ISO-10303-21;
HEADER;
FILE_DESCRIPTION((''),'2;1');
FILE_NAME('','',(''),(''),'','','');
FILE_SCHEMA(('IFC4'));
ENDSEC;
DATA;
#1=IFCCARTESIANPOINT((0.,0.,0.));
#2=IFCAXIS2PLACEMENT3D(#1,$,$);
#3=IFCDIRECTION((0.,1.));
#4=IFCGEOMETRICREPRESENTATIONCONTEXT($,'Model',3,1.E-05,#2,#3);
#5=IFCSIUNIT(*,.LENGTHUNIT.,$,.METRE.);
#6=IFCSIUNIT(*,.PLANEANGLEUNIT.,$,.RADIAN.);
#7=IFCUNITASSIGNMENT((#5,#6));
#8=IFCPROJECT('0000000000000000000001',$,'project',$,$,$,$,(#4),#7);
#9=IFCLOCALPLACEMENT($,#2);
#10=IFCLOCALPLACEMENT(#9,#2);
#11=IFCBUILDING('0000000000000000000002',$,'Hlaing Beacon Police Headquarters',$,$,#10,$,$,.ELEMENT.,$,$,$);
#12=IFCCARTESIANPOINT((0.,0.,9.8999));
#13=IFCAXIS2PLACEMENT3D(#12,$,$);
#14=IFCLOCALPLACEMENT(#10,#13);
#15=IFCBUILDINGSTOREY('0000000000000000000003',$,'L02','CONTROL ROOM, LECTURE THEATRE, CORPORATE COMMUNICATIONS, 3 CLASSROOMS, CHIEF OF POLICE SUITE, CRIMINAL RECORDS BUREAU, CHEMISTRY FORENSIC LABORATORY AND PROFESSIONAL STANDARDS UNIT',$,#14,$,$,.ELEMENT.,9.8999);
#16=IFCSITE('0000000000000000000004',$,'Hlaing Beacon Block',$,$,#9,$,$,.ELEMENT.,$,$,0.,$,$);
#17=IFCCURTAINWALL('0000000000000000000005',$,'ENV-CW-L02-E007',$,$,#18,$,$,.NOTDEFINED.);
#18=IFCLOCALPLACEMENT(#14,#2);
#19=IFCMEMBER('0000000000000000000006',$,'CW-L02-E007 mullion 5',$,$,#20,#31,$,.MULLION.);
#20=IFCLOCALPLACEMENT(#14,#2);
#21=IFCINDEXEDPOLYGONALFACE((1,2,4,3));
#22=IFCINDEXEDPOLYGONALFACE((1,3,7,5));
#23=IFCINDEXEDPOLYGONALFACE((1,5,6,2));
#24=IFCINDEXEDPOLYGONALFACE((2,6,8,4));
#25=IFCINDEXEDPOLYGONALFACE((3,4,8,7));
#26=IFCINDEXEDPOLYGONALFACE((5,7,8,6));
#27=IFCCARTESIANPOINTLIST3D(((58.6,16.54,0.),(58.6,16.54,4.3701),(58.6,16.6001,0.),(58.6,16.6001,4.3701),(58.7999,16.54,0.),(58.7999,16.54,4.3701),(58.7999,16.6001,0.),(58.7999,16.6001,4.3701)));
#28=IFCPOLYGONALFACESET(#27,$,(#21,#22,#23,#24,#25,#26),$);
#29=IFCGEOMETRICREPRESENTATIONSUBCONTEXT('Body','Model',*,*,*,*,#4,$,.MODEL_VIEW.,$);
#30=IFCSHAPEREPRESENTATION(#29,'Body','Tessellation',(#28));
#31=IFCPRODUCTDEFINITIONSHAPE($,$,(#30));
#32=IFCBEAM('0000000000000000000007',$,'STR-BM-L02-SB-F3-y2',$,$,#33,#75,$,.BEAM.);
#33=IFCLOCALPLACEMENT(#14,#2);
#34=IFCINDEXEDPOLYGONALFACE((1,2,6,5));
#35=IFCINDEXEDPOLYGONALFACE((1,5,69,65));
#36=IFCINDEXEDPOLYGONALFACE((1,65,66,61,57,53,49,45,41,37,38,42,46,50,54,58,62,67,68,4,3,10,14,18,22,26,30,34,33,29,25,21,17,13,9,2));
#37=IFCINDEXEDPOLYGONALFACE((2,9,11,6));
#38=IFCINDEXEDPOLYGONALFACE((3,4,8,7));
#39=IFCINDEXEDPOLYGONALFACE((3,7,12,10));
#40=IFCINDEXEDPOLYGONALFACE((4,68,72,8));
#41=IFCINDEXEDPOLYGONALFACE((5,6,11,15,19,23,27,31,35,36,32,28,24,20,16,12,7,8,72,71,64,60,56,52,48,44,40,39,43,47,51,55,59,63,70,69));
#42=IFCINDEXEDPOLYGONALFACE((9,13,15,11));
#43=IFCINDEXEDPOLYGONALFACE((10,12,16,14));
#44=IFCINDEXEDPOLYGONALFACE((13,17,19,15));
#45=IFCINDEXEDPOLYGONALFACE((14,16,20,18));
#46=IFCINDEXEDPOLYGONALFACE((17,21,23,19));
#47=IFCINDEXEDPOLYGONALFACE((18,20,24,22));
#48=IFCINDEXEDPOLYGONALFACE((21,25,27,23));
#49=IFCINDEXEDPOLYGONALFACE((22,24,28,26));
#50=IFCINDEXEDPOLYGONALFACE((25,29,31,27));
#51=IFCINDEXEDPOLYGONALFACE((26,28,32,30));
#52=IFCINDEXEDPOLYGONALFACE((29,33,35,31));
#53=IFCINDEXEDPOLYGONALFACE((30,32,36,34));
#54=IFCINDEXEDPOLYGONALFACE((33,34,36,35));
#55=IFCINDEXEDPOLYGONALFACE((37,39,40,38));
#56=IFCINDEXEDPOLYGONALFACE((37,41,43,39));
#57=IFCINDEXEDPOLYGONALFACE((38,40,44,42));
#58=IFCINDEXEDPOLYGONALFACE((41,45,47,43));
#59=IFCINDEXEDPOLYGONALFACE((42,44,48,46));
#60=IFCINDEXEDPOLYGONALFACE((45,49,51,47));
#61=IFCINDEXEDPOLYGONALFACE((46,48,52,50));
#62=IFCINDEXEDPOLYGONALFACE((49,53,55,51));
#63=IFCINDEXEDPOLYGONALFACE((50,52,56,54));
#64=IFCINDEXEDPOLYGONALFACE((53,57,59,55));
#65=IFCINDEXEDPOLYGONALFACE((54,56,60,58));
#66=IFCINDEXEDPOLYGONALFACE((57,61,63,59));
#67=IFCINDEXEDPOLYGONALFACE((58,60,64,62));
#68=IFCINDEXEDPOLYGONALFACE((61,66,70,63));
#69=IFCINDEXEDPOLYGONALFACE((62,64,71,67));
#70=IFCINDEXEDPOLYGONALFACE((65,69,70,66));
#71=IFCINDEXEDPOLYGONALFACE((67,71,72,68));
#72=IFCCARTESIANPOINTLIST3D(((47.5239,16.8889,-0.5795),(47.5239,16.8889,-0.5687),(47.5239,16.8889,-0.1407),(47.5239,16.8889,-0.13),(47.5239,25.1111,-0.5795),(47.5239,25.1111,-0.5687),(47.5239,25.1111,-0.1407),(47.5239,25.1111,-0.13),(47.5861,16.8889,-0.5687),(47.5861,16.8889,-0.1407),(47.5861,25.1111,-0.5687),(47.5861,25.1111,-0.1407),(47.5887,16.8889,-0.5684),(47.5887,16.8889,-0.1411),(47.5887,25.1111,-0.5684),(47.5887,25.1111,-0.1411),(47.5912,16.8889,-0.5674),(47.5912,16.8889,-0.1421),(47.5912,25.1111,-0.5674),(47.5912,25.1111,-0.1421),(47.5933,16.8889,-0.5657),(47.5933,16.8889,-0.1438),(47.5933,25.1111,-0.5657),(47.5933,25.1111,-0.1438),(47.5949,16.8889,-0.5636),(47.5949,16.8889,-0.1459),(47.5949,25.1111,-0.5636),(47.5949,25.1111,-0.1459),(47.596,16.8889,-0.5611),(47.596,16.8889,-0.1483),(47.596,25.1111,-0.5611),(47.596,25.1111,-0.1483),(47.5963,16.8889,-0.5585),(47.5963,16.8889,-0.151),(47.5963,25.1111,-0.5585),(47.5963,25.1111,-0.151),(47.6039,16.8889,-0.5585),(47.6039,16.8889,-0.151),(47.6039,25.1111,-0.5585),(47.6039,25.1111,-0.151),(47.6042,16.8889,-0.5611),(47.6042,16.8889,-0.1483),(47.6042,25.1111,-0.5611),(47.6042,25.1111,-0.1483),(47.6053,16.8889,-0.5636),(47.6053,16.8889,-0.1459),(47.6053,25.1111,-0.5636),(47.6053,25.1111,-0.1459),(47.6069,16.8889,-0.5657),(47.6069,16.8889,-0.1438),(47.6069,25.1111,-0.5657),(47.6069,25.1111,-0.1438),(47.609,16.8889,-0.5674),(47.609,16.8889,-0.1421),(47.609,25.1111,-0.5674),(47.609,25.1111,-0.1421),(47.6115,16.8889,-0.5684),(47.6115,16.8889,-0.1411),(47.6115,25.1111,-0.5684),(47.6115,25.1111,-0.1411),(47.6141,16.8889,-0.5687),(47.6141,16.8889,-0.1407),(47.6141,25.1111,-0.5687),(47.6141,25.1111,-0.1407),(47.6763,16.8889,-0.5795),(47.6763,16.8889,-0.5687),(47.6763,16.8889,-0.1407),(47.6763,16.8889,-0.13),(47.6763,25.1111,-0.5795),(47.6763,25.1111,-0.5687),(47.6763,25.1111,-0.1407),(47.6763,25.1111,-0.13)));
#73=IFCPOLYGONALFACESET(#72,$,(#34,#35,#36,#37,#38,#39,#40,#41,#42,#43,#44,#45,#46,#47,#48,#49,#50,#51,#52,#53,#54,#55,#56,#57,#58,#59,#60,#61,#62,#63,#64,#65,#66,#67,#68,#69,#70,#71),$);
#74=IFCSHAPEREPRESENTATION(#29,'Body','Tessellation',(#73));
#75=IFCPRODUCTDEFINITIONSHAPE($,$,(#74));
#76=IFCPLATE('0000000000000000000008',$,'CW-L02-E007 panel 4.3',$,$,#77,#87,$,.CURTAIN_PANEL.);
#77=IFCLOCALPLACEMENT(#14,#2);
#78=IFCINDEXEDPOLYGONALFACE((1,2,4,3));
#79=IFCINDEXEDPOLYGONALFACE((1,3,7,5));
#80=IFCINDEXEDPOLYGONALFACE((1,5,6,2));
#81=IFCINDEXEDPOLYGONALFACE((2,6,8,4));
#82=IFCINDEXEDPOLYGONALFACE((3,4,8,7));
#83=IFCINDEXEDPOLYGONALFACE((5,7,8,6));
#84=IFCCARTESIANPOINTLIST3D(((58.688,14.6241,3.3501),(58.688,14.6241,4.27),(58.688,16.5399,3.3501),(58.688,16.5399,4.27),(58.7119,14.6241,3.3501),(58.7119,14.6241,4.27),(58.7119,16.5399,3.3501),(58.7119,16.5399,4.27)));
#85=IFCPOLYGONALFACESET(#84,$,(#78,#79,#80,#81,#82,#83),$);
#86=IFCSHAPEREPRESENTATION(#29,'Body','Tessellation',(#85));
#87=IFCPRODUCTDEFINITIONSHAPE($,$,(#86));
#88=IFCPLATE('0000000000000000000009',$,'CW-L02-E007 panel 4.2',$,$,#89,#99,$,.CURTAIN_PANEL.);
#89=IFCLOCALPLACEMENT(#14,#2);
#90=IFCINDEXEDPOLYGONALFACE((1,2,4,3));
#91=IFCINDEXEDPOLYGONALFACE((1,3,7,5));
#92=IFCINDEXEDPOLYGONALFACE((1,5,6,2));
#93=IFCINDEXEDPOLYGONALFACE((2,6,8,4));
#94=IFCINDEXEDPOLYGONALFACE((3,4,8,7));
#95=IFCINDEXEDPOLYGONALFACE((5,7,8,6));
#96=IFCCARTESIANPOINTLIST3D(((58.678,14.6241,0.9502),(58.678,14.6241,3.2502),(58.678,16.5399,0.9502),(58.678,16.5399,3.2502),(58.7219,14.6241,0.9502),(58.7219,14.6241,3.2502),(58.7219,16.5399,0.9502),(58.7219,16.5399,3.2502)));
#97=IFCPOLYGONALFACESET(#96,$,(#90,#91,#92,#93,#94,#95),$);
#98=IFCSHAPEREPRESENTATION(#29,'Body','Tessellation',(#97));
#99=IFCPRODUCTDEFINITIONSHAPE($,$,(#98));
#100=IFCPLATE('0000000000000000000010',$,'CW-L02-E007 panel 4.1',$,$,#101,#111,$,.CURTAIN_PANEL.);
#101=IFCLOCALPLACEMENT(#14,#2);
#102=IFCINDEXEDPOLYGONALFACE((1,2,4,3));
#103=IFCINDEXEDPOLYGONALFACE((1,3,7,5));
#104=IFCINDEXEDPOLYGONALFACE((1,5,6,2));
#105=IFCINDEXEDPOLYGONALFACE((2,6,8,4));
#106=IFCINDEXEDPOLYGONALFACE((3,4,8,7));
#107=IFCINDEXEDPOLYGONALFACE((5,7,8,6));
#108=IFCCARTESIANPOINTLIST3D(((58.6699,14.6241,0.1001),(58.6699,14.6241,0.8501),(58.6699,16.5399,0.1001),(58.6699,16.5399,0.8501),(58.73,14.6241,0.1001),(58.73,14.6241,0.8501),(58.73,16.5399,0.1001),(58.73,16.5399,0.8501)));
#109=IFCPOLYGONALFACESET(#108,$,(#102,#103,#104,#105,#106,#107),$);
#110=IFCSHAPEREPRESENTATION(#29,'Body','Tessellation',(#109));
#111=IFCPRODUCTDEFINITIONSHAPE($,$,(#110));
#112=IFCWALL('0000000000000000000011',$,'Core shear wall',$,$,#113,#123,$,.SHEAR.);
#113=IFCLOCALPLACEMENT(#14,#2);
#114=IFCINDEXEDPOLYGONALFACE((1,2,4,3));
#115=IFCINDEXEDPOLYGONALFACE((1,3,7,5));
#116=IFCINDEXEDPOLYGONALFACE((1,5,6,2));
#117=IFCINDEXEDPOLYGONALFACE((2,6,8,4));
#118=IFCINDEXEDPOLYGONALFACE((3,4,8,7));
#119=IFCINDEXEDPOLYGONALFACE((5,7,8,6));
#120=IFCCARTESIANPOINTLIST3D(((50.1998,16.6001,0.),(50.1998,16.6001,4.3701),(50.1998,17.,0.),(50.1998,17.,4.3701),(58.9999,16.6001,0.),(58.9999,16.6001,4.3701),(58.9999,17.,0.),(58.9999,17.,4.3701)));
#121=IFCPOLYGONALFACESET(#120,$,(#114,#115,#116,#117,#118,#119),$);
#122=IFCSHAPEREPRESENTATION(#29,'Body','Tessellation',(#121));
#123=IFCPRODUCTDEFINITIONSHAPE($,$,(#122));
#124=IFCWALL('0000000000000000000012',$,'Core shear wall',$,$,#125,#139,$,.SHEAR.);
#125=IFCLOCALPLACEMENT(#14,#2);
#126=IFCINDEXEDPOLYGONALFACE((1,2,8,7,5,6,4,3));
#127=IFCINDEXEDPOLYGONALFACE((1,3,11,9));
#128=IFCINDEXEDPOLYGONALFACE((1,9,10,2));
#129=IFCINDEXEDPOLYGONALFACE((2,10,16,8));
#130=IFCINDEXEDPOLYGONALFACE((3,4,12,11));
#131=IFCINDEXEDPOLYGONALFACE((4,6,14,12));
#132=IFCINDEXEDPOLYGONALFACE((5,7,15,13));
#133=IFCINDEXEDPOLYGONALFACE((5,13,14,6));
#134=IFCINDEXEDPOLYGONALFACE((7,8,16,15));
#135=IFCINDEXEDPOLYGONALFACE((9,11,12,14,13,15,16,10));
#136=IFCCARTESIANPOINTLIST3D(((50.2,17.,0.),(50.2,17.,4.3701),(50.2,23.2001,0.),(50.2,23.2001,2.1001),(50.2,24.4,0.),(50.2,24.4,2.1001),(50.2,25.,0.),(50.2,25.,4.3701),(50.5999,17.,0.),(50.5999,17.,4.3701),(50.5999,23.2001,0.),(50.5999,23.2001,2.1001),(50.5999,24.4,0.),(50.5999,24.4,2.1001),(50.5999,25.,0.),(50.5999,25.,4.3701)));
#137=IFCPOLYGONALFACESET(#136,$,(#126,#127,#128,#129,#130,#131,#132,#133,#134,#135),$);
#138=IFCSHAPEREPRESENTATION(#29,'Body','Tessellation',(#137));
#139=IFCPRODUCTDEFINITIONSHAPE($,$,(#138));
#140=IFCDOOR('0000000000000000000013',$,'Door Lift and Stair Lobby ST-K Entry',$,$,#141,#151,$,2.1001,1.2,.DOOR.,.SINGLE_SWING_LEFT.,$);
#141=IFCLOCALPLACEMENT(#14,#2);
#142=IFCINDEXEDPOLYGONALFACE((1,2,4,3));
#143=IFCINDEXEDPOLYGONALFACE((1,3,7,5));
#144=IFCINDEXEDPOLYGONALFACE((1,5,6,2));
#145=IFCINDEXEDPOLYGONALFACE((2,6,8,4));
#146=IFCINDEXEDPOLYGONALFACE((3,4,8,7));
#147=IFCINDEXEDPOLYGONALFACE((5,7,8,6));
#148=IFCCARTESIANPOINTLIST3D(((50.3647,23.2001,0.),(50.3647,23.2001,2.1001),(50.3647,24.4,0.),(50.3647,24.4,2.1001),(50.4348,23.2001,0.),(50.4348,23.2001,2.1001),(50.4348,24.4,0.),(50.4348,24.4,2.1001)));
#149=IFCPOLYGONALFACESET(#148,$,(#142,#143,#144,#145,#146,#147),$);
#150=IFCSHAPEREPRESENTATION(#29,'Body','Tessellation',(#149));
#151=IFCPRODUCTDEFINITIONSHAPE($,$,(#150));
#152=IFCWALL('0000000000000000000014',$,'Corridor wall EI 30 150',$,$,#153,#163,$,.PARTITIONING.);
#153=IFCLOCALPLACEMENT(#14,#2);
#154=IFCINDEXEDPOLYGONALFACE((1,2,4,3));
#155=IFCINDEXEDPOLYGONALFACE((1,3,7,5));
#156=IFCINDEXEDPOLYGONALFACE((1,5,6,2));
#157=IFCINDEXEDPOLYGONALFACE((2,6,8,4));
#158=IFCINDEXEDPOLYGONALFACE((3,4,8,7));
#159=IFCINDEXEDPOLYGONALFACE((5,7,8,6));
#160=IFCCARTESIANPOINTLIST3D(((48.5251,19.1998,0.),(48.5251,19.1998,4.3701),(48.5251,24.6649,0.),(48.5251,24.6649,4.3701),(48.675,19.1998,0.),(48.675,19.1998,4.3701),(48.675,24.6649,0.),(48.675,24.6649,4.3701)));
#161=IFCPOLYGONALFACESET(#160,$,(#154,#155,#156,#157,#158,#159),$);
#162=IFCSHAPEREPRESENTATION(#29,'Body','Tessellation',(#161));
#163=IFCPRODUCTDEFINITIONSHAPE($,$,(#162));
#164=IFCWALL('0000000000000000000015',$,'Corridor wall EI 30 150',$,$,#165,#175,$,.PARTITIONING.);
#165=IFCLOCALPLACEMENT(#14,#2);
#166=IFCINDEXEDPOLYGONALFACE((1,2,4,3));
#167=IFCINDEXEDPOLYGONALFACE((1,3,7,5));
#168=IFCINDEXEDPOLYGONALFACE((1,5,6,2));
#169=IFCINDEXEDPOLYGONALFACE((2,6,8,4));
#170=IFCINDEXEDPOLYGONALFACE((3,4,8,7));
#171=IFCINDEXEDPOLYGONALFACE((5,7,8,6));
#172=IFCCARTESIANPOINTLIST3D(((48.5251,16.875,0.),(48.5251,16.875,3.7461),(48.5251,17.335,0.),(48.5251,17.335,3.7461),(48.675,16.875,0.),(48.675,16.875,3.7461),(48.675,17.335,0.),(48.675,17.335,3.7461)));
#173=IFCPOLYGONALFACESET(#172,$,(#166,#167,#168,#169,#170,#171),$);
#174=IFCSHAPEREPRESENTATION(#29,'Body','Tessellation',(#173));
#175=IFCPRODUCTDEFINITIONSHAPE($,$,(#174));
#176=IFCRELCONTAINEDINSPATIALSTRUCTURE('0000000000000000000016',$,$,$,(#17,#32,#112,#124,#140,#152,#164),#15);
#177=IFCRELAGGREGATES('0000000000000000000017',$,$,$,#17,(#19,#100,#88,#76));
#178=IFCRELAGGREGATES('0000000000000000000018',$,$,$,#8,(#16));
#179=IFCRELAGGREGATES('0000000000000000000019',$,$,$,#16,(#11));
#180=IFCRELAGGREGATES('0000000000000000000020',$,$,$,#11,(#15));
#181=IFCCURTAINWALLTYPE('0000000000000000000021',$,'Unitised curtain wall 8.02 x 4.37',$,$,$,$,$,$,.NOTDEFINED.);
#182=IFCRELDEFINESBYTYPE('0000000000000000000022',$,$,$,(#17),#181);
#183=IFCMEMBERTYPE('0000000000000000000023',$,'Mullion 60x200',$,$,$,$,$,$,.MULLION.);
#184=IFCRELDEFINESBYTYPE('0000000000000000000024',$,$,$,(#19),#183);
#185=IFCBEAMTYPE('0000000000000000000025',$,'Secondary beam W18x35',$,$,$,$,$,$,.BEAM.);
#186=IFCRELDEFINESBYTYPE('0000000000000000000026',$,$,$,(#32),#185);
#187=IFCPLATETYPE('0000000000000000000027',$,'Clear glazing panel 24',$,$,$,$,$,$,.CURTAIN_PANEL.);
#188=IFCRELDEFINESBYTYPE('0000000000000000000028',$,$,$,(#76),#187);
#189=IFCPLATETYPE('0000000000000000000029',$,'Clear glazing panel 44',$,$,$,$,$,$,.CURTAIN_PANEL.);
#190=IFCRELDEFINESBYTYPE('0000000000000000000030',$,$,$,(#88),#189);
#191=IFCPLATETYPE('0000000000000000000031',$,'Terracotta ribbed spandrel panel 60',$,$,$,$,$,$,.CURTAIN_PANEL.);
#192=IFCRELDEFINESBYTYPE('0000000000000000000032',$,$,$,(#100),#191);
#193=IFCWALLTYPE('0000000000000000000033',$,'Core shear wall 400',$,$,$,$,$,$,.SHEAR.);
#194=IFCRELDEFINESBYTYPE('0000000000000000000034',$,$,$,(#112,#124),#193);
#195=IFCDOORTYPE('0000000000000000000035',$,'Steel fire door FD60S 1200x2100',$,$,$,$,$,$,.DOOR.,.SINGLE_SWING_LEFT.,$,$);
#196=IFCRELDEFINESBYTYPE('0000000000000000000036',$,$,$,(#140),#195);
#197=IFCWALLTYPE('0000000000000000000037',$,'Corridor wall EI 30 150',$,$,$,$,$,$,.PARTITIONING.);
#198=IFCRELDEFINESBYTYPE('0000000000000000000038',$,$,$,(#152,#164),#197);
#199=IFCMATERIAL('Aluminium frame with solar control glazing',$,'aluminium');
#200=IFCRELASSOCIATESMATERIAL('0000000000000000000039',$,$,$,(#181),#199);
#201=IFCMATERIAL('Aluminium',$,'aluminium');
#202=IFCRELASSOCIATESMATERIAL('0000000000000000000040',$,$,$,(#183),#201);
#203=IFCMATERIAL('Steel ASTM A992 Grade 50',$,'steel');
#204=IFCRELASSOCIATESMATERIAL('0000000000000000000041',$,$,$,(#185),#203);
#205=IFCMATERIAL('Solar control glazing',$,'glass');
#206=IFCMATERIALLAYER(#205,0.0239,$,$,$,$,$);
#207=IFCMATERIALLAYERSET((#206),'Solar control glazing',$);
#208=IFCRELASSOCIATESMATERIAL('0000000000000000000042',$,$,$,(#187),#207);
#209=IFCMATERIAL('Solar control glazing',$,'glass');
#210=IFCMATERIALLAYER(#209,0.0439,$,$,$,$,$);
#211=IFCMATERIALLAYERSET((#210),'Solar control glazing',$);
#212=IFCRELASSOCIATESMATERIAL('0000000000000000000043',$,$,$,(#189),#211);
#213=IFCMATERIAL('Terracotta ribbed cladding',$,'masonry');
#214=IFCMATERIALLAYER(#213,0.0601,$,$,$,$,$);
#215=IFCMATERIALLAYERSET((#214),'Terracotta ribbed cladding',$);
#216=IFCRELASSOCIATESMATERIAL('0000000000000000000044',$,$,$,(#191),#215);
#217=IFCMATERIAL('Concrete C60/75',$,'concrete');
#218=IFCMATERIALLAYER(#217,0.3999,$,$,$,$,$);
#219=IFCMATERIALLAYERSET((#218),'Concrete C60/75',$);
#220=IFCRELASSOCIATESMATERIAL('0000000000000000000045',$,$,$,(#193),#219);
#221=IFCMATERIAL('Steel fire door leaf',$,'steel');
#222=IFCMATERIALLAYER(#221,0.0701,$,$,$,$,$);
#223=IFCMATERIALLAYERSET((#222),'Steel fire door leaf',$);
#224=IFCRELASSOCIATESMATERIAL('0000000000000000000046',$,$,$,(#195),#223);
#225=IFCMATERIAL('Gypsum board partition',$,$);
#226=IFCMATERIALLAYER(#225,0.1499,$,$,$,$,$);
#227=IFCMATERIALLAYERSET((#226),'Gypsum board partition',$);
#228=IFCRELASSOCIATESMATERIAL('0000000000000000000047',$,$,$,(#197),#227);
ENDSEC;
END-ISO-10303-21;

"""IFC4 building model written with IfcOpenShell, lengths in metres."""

from ifc_helpers import new_model, si_unit, direction, frame, frame_2d, origin, origin_2d, place, context, subcontext, project, spatial, rectangle, i_section, extrude, material, layer, layer_set, material_profile, profile_set, type_object, element, fill, aggregate, save


model = new_model("IFC4")

# Units and contexts
model_context = context("Model", 3, precision=1e-05, world=origin(), true_north=direction((0.0, 1.0)))
body_context = subcontext(model_context, "Body", "Model", "MODEL_VIEW")
ifc_project = project(units=[si_unit("LENGTHUNIT", "METRE"), si_unit("PLANEANGLEUNIT", "RADIAN")], contexts=[model_context])

# Site, building, storey
site_placement = place(None, origin())
site = spatial("IfcSite", under=ifc_project, at=site_placement, Name="Hlaing Beacon Block", CompositionType="ELEMENT", RefElevation=0.0)
building_placement = place(site_placement, origin())
building = spatial("IfcBuilding", under=site, at=building_placement, Name="Hlaing Beacon Police Headquarters", CompositionType="ELEMENT")
storey_placement = place(building_placement, frame((0.0, 0.0, 9.8999)))
storey = spatial("IfcBuildingStorey", under=building, at=storey_placement, Name="L02", Description="CONTROL ROOM, LECTURE THEATRE, CORPORATE COMMUNICATIONS, 3 CLASSROOMS, CHIEF OF POLICE SUITE, CRIMINAL RECORDS BUREAU, CHEMISTRY FORENSIC LABORATORY AND PROFESSIONAL STANDARDS UNIT", CompositionType="ELEMENT", Elevation=9.8999)

# Curtain wall, member
ifc_material_1 = material(Name="Aluminium frame with solar control glazing", Category="aluminium")
curtain_wall_type = type_object("IfcCurtainWallType", Name="Unitised curtain wall 8.02 x 4.37", PredefinedType="NOTDEFINED", material=ifc_material_1)
curtain_wall_placement = place(storey_placement, origin())
curtain_wall = element("IfcCurtainWall", 1, at=curtain_wall_placement, inside=storey, type_object=curtain_wall_type, Name="ENV-CW-L02-E007", PredefinedType="NOTDEFINED")
ifc_material_2 = material(Name="Aluminium", Category="aluminium")
ifc_material_profile_1 = material_profile(ifc_material_2, rectangle(XDim=0.2, YDim=0.0601, at=origin_2d()), Name="Mullion 60x200")
ifc_profile_set_1 = profile_set([ifc_material_profile_1], Name="Aluminium")
member_type = type_object("IfcMemberType", Name="Mullion 60x200", PredefinedType="MULLION", material=ifc_profile_set_1)
member_placement = place(storey_placement, frame((58.7, 16.5701, 0.0), z_axis=(0.0, 0.0, 1.0), x_axis=(-1.0, 0.0, 0.0)))
member = element("IfcMember", 2, at=member_placement, type_object=member_type, Name="CW-L02-E007 mullion 5", PredefinedType="MULLION", context=body_context, shape_type="SweptSolid", body=[
    extrude(rectangle(XDim=0.2, YDim=0.0601, at=origin_2d()), origin(), (0.0, 0.0, 1.0), 4.3701),
])

# Beam
ifc_material_3 = material(Name="Steel ASTM A992 Grade 50", Category="steel")
ifc_material_profile_2 = material_profile(ifc_material_3, i_section(OverallWidth=0.1523, OverallDepth=0.4495, WebThickness=0.0076, FlangeThickness=0.0107, FilletRadius=0.0103, at=origin_2d()), Name="W18x35")
ifc_profile_set_2 = profile_set([ifc_material_profile_2], Name="Steel ASTM A992 Grade 50")
beam_type = type_object("IfcBeamType", Name="Secondary beam W18x35", PredefinedType="BEAM", material=ifc_profile_set_2)
beam_placement = place(storey_placement, frame((47.6001, 16.8889, -0.3547), z_axis=(0.0, 1.0, 0.0), x_axis=(-1.0, 0.0, 0.0)))
element("IfcBeam", 3, at=beam_placement, inside=storey, type_object=beam_type, Name="STR-BM-L02-SB-F3-y2", PredefinedType="BEAM", context=body_context, shape_type="SweptSolid", body=[
    extrude(i_section(OverallWidth=0.1523, OverallDepth=0.4495, WebThickness=0.0076, FlangeThickness=0.0107, FilletRadius=0.0103, at=origin_2d()), origin(), (0.0, 0.0, 1.0), 8.2222),
])

# Plates
ifc_material_4 = material(Name="Solar control glazing", Category="glass")
ifc_layer_1 = layer(ifc_material_4, 0.0239)
ifc_layer_set_1 = layer_set([ifc_layer_1], Name="Solar control glazing")
plate_type_1 = type_object("IfcPlateType", Name="Clear glazing panel 24", PredefinedType="CURTAIN_PANEL", material=ifc_layer_set_1)
plate_1_placement = place(storey_placement, frame((58.7, 15.582, 3.3501), z_axis=(0.0, 0.0, 1.0), x_axis=(0.0, 1.0, 0.0)))
plate_1 = element("IfcPlate", 4, at=plate_1_placement, type_object=plate_type_1, Name="CW-L02-E007 panel 4.3", PredefinedType="CURTAIN_PANEL", context=body_context, shape_type="SweptSolid", body=[
    extrude(rectangle(XDim=1.9158, YDim=0.0239, at=origin_2d()), origin(), (0.0, 0.0, 1.0), 0.9199),
])
ifc_material_5 = material(Name="Solar control glazing", Category="glass")
ifc_layer_2 = layer(ifc_material_5, 0.0439)
ifc_layer_set_2 = layer_set([ifc_layer_2], Name="Solar control glazing")
plate_type_2 = type_object("IfcPlateType", Name="Clear glazing panel 44", PredefinedType="CURTAIN_PANEL", material=ifc_layer_set_2)
plate_2_placement = place(storey_placement, frame((58.7, 15.582, 0.9502), z_axis=(0.0, 0.0, 1.0), x_axis=(0.0, 1.0, 0.0)))
plate_2 = element("IfcPlate", 5, at=plate_2_placement, type_object=plate_type_2, Name="CW-L02-E007 panel 4.2", PredefinedType="CURTAIN_PANEL", context=body_context, shape_type="SweptSolid", body=[
    extrude(rectangle(XDim=1.9158, YDim=0.0439, at=origin_2d()), origin(), (0.0, 0.0, 1.0), 2.3),
])
ifc_material_6 = material(Name="Terracotta ribbed cladding", Category="masonry")
ifc_layer_3 = layer(ifc_material_6, 0.0601)
ifc_layer_set_3 = layer_set([ifc_layer_3], Name="Terracotta ribbed cladding")
plate_type_3 = type_object("IfcPlateType", Name="Terracotta ribbed spandrel panel 60", PredefinedType="CURTAIN_PANEL", material=ifc_layer_set_3)
plate_3_placement = place(storey_placement, frame((58.7, 15.582, 0.1001), z_axis=(0.0, 0.0, 1.0), x_axis=(0.0, 1.0, 0.0)))
plate_3 = element("IfcPlate", 6, at=plate_3_placement, type_object=plate_type_3, Name="CW-L02-E007 panel 4.1", PredefinedType="CURTAIN_PANEL", context=body_context, shape_type="SweptSolid", body=[
    extrude(rectangle(XDim=1.9158, YDim=0.0601, at=origin_2d()), origin(), (0.0, 0.0, 1.0), 0.75),
])
aggregate(curtain_wall, [member, plate_3, plate_2, plate_1])

# Wall
ifc_material_7 = material(Name="Concrete C60/75", Category="concrete")
ifc_layer_4 = layer(ifc_material_7, 0.3999)
ifc_layer_set_4 = layer_set([ifc_layer_4], Name="Concrete C60/75")
wall_type_1 = type_object("IfcWallType", Name="Core shear wall 400", PredefinedType="SHEAR", material=ifc_layer_set_4)
wall_1_placement = place(storey_placement, frame((50.2, 16.8, 0.0), z_axis=(0.0, 0.0, 1.0), x_axis=(1.0, 0.0, 0.0)))
element("IfcWall", 7, at=wall_1_placement, inside=storey, type_object=wall_type_1, Name="Core shear wall", PredefinedType="SHEAR", context=body_context, shape_type="SweptSolid", body=[
    extrude(rectangle(XDim=8.8, YDim=0.3999, at=frame_2d((4.3999, 0.0))), origin(), (0.0, 0.0, 1.0), 4.3701),
])

# Wall, opening, door
wall_2_placement = place(storey_placement, frame((50.3999, 17.0, 0.0), z_axis=(0.0, 0.0, 1.0), x_axis=(0.0, 1.0, 0.0)))
wall_2 = element("IfcWall", 8, at=wall_2_placement, inside=storey, type_object=wall_type_1, Name="Core shear wall", PredefinedType="SHEAR", context=body_context, shape_type="SweptSolid", body=[
    extrude(rectangle(XDim=8.0, YDim=0.3999, at=frame_2d((4.0, 0.0))), origin(), (0.0, 0.0, 1.0), 4.3701),
])
opening_1_placement = place(wall_2_placement, frame((6.2, 0.0, 0.0)))
opening_1 = element("IfcOpeningElement", 9, at=opening_1_placement, cuts=wall_2, PredefinedType="OPENING", context=body_context, shape_type="SweptSolid", body=[
    extrude(rectangle(XDim=1.2, YDim=2.1001, at=frame_2d((0.6001, 1.05))), frame((0.0, 0.21, 0.0), z_axis=(0.0, -1.0, 0.0), x_axis=(1.0, 0.0, 0.0)), (0.0, 0.0, 1.0), 0.4199),
])
ifc_material_8 = material(Name="Steel fire door leaf", Category="steel")
ifc_layer_5 = layer(ifc_material_8, 0.0701)
ifc_layer_set_5 = layer_set([ifc_layer_5], Name="Steel fire door leaf")
door_type_1 = type_object("IfcDoorType", Name="Steel fire door FD60S 1200x2100", OperationType="SINGLE_SWING_LEFT", PredefinedType="DOOR", material=ifc_layer_set_5)
door_1_placement = place(opening_1_placement, frame((1.2, 0.0, 0.0), z_axis=(0.0, 0.0, 1.0), x_axis=(-1.0, 0.0, 0.0)))
door_1 = element("IfcDoor", 10, at=door_1_placement, inside=storey, type_object=door_type_1, Name="Door Lift and Stair Lobby ST-K Entry", OperationType="SINGLE_SWING_LEFT", OverallHeight=2.1001, OverallWidth=1.2, PredefinedType="DOOR", context=body_context, shape_type="SweptSolid", body=[
    extrude(rectangle(XDim=1.2, YDim=2.1001, at=frame_2d((0.5999, 1.05))), frame((0.0, 0.0349, 0.0), z_axis=(0.0, -1.0, 0.0), x_axis=(1.0, 0.0, 0.0)), (0.0, 0.0, 1.0), 0.0701),
])
fill(opening_1, door_1)

# Walls
ifc_material_9 = material(Name="Gypsum board partition")
ifc_layer_6 = layer(ifc_material_9, 0.1499)
ifc_layer_set_6 = layer_set([ifc_layer_6], Name="Gypsum board partition")
wall_type_2 = type_object("IfcWallType", Name="Corridor wall EI 30 150", PredefinedType="PARTITIONING", material=ifc_layer_set_6)
wall_3_placement = place(storey_placement, frame((48.6001, 19.2, 0.0), z_axis=(0.0, 0.0, 1.0), x_axis=(0.0, 1.0, 0.0)))
element("IfcWall", 11, at=wall_3_placement, inside=storey, type_object=wall_type_2, Name="Corridor wall EI 30 150", PredefinedType="PARTITIONING", context=body_context, shape_type="SweptSolid", body=[
    extrude(rectangle(XDim=5.4651, YDim=0.1499, at=frame_2d((2.7324, 0.0))), origin(), (0.0, 0.0, 1.0), 4.3701),
])
wall_4_placement = place(storey_placement, frame((48.6001, 16.875, 0.0), z_axis=(0.0, 0.0, 1.0), x_axis=(0.0, 1.0, 0.0)))
element("IfcWall", 12, at=wall_4_placement, inside=storey, type_object=wall_type_2, Name="Corridor wall EI 30 150", PredefinedType="PARTITIONING", context=body_context, shape_type="SweptSolid", body=[
    extrude(rectangle(XDim=0.46, YDim=0.1499, at=frame_2d((0.23, 0.0))), origin(), (0.0, 0.0, 1.0), 3.7461),
])

save(model, "model.ifc")
